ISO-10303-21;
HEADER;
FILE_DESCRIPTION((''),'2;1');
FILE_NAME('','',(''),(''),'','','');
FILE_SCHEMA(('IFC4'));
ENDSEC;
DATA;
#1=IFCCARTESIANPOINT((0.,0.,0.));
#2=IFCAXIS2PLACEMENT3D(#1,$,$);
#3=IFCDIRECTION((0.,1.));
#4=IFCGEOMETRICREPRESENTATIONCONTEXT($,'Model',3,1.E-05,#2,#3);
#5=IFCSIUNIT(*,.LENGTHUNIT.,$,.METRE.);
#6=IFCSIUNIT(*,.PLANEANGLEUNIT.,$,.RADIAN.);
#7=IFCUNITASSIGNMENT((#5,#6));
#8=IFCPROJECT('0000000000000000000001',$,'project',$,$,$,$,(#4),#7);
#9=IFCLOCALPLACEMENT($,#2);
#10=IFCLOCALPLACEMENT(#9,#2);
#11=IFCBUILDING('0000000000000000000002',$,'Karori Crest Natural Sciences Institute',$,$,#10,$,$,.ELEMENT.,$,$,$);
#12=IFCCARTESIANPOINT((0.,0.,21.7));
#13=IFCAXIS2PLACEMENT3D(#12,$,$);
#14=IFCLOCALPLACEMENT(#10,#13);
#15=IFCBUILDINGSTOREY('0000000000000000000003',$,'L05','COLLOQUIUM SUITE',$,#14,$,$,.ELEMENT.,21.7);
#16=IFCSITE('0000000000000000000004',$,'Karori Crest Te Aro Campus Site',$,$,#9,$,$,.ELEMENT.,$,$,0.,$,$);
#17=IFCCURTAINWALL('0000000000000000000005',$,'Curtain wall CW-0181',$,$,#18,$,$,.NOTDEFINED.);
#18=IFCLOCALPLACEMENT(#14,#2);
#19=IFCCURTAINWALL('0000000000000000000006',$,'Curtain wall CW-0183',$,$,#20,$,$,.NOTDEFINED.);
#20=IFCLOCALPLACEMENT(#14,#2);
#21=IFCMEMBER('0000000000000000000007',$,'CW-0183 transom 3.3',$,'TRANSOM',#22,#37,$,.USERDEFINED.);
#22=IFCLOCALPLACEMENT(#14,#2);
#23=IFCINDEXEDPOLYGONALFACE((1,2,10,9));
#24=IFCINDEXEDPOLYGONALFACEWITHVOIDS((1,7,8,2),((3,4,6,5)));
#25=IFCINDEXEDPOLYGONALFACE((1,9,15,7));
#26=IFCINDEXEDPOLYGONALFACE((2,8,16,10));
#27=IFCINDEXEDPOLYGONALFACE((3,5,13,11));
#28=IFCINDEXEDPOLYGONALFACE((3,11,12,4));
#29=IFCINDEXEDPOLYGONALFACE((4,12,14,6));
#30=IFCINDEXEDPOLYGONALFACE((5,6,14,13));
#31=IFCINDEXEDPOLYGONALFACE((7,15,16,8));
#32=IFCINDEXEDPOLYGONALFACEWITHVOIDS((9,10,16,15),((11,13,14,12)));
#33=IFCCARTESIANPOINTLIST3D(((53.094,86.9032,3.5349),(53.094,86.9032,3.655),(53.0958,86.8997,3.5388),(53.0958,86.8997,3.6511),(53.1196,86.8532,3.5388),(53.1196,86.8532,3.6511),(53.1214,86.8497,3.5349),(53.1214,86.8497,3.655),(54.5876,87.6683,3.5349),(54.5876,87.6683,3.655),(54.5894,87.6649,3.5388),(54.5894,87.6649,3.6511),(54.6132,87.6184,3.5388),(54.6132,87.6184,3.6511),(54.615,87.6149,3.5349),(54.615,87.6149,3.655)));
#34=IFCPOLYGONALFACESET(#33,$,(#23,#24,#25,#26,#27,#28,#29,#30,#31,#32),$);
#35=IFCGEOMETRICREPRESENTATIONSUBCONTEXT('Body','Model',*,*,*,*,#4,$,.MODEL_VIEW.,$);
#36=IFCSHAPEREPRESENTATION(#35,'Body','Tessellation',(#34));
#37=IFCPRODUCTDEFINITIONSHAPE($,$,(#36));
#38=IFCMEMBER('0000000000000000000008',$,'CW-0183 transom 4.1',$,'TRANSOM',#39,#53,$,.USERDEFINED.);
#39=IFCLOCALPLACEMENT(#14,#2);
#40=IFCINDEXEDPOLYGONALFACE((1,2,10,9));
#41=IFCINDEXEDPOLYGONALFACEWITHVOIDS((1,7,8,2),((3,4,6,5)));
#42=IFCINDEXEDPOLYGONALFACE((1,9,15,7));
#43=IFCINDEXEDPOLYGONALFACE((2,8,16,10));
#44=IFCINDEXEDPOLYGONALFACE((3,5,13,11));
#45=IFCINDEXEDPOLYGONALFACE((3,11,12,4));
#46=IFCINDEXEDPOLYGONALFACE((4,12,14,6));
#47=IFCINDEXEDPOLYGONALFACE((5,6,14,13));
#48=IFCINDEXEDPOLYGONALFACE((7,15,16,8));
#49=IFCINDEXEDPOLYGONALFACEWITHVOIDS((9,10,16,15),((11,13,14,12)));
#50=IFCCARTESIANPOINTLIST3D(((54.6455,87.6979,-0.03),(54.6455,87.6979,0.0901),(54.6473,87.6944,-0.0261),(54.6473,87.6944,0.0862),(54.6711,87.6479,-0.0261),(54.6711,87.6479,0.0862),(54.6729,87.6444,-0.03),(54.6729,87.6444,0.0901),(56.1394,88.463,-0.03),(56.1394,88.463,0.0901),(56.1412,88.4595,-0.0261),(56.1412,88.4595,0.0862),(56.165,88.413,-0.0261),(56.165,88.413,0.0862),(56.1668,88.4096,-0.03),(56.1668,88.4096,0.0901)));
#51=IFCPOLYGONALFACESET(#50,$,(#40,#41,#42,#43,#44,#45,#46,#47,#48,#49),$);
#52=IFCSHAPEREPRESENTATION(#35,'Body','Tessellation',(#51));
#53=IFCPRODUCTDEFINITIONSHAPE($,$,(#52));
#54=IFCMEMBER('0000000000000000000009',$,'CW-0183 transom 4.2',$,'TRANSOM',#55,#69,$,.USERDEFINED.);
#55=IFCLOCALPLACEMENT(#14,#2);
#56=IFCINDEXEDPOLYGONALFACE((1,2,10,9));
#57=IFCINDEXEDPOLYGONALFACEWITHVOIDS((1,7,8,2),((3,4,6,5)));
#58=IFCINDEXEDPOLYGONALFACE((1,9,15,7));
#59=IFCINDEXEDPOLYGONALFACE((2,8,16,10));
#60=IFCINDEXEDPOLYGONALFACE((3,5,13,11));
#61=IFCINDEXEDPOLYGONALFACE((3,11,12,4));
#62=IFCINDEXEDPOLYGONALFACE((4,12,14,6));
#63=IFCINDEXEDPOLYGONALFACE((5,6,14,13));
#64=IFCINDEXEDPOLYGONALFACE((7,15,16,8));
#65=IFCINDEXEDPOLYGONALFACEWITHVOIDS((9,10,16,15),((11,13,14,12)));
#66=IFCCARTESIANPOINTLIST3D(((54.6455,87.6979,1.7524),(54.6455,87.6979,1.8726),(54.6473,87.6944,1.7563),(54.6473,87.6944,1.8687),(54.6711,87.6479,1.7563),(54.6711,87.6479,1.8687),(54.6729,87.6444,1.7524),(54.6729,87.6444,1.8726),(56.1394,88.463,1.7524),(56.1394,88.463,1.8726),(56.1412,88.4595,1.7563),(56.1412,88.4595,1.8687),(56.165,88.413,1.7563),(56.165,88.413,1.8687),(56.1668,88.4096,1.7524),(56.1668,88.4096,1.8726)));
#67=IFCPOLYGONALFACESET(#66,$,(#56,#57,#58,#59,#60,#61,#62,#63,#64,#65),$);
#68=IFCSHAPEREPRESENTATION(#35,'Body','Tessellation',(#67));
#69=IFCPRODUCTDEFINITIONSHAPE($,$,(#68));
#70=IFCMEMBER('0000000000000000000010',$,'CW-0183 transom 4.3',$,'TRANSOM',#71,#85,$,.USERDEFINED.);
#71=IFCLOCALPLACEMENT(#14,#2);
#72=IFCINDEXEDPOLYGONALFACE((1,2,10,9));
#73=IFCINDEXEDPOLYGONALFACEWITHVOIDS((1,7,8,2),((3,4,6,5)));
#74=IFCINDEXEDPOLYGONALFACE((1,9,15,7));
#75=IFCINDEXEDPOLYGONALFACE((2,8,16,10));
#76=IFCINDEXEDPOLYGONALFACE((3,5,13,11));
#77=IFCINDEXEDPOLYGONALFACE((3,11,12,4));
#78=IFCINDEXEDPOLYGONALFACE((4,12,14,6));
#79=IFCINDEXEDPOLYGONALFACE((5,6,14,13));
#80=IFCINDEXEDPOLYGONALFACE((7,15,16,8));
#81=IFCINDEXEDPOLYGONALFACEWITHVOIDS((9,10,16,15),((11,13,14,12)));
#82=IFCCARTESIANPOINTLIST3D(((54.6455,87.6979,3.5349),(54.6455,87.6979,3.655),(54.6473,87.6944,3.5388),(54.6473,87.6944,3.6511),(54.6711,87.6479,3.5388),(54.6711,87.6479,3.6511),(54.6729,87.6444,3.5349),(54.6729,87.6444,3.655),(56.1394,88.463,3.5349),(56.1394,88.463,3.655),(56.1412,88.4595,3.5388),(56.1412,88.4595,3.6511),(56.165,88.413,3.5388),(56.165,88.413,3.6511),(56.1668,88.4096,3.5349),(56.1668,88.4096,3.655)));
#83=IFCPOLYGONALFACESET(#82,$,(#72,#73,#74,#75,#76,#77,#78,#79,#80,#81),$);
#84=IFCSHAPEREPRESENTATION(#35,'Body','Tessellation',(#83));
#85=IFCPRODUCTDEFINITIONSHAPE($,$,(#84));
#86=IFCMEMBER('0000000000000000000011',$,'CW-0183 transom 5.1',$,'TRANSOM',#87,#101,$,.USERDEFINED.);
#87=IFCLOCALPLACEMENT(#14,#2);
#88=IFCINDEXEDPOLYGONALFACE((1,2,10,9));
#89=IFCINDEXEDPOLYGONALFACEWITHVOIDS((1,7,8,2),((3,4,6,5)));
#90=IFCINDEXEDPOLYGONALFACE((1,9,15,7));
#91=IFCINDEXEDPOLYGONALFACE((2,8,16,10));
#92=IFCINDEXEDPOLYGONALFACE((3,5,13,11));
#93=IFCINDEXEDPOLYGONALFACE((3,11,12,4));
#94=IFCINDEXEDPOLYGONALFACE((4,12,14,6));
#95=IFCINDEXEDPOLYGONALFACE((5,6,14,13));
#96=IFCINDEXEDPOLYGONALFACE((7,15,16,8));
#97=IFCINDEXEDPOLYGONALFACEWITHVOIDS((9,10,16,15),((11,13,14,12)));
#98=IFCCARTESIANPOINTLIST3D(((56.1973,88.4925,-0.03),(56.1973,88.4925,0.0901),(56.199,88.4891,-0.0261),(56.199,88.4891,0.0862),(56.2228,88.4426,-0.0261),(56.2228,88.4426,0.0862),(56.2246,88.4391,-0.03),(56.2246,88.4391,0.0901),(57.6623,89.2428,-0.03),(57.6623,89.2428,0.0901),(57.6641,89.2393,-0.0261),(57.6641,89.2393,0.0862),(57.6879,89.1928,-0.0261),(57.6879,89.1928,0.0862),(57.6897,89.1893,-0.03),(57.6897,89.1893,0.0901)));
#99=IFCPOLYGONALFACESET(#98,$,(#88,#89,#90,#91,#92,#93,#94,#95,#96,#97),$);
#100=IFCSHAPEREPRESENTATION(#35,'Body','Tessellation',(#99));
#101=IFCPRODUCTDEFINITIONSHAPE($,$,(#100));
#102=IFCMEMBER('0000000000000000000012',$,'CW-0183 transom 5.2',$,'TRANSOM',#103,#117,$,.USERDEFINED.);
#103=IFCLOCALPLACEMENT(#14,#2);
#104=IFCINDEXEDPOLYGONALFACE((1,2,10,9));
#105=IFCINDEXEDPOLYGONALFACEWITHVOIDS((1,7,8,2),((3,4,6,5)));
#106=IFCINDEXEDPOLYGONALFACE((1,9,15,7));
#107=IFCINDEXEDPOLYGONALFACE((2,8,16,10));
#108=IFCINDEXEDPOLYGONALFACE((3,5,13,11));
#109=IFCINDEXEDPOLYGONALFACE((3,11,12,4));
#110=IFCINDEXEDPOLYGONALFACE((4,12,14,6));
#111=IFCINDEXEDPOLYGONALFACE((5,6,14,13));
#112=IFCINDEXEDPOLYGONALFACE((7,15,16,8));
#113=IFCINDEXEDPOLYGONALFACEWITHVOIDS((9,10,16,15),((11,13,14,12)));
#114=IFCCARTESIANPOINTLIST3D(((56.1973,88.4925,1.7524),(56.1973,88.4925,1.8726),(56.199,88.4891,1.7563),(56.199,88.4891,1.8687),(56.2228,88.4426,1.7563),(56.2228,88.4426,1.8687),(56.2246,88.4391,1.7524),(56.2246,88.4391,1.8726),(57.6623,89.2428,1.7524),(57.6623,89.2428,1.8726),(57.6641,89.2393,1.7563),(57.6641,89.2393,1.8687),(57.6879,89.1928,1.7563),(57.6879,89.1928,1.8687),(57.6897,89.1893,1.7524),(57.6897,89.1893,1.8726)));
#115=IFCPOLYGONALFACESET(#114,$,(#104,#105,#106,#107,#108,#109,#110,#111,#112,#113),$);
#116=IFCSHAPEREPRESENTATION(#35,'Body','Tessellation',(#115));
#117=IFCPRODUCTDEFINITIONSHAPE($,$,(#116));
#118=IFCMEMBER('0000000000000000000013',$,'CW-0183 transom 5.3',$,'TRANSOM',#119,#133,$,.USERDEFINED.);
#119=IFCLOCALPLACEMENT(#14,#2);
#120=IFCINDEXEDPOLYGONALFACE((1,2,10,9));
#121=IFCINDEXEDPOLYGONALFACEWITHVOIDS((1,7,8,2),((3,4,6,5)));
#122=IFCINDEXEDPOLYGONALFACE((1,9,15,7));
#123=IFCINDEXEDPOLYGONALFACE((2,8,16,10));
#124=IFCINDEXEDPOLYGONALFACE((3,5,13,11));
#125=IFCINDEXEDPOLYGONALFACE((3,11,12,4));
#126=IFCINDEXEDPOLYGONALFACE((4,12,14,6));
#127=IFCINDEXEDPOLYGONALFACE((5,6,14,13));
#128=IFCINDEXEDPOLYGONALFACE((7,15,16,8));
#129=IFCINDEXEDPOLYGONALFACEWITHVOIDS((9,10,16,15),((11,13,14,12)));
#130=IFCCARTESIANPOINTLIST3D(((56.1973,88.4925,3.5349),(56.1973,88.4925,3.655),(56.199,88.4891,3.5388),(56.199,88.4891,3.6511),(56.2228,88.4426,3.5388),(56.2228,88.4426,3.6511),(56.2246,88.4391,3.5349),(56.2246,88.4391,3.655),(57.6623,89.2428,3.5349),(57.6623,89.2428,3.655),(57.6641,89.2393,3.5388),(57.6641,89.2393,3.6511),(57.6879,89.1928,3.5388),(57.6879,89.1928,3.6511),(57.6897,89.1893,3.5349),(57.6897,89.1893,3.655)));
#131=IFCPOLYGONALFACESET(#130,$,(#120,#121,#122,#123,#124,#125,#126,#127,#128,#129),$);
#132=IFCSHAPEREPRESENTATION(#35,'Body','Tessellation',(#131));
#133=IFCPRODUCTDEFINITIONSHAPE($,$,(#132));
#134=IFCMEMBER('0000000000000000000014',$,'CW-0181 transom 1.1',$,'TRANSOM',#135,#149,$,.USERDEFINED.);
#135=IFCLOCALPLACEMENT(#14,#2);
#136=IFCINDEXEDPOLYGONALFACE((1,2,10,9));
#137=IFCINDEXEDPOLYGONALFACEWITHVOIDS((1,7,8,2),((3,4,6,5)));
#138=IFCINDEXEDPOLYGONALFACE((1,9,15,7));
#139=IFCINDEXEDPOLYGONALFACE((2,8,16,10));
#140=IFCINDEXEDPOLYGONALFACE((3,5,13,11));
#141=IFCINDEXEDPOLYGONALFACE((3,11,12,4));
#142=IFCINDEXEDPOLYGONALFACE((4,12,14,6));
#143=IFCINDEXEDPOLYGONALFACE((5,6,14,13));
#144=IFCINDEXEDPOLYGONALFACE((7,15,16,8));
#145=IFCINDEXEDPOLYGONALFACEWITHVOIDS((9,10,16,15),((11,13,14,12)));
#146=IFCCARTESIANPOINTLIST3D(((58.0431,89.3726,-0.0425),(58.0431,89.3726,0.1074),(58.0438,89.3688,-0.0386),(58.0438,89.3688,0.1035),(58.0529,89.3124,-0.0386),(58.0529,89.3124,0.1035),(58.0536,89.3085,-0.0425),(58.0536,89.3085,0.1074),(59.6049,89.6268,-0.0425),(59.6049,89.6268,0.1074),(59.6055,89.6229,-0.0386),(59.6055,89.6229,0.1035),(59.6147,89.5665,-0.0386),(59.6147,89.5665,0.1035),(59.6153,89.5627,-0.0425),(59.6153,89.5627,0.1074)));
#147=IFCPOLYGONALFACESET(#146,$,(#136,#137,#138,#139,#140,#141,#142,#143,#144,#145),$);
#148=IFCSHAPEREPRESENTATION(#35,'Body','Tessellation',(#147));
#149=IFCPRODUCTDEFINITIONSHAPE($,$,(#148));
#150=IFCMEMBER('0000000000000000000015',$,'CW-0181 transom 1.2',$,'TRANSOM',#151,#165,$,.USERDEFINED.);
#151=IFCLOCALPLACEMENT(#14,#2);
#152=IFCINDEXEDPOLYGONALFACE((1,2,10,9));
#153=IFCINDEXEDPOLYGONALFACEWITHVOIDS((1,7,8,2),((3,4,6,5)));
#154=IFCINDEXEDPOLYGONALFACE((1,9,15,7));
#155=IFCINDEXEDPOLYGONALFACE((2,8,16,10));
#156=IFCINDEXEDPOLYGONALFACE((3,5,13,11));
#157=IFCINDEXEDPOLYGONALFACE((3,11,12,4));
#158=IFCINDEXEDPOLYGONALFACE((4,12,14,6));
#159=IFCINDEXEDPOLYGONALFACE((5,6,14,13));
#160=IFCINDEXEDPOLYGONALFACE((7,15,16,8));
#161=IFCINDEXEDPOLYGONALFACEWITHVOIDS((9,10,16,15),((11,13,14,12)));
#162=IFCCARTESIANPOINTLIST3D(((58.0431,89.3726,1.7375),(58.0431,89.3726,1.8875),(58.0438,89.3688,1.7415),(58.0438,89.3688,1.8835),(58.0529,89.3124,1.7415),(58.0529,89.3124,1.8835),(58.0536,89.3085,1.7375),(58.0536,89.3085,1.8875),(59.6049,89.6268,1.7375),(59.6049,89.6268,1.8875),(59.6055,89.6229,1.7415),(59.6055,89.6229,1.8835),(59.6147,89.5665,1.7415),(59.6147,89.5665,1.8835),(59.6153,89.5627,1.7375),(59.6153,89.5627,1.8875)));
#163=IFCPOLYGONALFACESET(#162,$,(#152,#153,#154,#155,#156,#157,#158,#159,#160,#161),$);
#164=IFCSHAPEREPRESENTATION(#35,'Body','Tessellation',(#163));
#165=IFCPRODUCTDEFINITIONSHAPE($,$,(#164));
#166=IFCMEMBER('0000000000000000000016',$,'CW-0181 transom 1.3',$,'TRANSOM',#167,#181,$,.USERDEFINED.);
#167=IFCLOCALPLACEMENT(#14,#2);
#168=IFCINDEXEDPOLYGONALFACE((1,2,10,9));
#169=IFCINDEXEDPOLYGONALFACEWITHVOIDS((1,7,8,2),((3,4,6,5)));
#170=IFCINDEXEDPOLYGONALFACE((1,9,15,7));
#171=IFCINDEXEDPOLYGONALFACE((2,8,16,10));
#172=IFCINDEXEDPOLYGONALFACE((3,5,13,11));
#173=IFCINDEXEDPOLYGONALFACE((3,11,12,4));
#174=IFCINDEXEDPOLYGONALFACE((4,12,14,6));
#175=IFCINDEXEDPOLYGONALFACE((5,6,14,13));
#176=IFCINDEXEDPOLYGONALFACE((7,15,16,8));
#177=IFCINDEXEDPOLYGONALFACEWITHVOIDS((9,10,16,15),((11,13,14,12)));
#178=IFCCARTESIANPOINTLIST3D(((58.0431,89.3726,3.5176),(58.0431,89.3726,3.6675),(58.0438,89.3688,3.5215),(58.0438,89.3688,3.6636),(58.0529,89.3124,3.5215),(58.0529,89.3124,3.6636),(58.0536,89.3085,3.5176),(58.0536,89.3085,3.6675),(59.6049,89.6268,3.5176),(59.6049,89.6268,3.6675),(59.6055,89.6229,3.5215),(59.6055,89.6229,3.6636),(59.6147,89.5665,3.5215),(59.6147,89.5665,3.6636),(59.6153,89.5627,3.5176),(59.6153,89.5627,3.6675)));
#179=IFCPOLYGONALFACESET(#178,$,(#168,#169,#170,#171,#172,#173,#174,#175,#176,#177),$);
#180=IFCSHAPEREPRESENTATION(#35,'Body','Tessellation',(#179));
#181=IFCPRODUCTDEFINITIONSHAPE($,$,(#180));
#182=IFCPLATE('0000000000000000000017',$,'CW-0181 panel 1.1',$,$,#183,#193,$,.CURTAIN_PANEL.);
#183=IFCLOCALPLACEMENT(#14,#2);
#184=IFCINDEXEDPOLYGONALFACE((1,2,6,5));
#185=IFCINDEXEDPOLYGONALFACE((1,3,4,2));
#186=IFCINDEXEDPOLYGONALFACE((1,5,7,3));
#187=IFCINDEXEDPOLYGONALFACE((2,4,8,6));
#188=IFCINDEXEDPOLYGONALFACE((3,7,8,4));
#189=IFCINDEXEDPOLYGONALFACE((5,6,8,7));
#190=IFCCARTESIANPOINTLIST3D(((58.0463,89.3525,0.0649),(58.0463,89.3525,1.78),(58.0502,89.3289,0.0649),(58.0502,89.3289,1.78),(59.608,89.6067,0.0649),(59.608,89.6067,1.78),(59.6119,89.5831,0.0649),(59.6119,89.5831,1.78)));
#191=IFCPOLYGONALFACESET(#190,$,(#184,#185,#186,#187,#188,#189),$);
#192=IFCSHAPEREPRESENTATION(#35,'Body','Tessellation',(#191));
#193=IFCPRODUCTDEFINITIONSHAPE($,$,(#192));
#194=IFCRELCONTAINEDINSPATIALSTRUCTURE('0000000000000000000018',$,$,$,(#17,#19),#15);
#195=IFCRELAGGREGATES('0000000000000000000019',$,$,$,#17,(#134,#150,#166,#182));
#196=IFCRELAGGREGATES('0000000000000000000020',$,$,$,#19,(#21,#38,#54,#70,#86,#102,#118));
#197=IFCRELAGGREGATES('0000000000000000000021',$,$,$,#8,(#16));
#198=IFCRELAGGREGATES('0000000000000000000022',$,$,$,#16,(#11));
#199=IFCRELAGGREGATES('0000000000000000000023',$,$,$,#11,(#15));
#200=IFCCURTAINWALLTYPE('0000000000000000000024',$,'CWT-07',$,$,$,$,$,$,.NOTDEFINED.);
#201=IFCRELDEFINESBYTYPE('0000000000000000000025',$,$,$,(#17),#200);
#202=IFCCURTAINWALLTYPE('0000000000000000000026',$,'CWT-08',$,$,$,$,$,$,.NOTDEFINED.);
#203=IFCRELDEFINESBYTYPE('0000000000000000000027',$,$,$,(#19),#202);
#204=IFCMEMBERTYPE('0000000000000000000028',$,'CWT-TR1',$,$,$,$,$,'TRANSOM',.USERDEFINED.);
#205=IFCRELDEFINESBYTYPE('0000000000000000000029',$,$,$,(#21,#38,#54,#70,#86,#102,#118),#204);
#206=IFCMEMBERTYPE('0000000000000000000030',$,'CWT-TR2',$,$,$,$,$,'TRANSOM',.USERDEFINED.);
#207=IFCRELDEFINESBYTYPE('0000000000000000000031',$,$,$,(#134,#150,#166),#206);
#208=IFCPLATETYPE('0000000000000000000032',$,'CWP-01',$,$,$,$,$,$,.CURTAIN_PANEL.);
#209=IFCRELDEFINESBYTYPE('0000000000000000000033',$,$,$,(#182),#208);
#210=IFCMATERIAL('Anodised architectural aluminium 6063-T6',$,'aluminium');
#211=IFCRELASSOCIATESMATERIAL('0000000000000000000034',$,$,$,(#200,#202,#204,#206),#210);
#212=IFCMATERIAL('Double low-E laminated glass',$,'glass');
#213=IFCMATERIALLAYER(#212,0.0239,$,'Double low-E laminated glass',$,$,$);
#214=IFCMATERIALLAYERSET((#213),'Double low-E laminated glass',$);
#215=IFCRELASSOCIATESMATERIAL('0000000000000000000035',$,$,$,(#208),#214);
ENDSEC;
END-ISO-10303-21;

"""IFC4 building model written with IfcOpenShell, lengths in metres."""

from ifc_helpers import new_model, si_unit, direction, frame, origin, origin_2d, place, context, subcontext, project, spatial, rectangle, hollow_rectangle, extrude, material, layer, layer_set, material_profile, profile_set, type_object, element, aggregate, save


model = new_model("IFC4")

# Units and contexts
model_context = context("Model", 3, precision=1e-05, world=origin(), true_north=direction((0.0, 1.0)))
body_context = subcontext(model_context, "Body", "Model", "MODEL_VIEW")
ifc_project = project(units=[si_unit("LENGTHUNIT", "METRE"), si_unit("PLANEANGLEUNIT", "RADIAN")], contexts=[model_context])

# Site, building, storey
site_placement = place(None, origin())
site = spatial("IfcSite", under=ifc_project, at=site_placement, Name="Karori Crest Te Aro Campus Site", CompositionType="ELEMENT", RefElevation=0.0)
building_placement = place(site_placement, origin())
building = spatial("IfcBuilding", under=site, at=building_placement, Name="Karori Crest Natural Sciences Institute", CompositionType="ELEMENT")
storey_placement = place(building_placement, frame((0.0, 0.0, 21.7)))
storey = spatial("IfcBuildingStorey", under=building, at=storey_placement, Name="L05", Description="COLLOQUIUM SUITE", CompositionType="ELEMENT", Elevation=21.7)

# Curtain wall
ifc_material_1 = material(Name="Anodised architectural aluminium 6063-T6", Category="aluminium")
curtain_wall_type_1 = type_object("IfcCurtainWallType", Name="CWT-07", PredefinedType="NOTDEFINED", material=ifc_material_1)
curtain_wall_1_placement = place(storey_placement, origin())
curtain_wall_1 = element("IfcCurtainWall", 1, at=curtain_wall_1_placement, inside=storey, type_object=curtain_wall_type_1, Name="Curtain wall CW-0181", PredefinedType="NOTDEFINED")

# Curtain wall, members
curtain_wall_type_2 = type_object("IfcCurtainWallType", Name="CWT-08", PredefinedType="NOTDEFINED", material=ifc_material_1)
curtain_wall_2_placement = place(storey_placement, origin())
curtain_wall_2 = element("IfcCurtainWall", 2, at=curtain_wall_2_placement, inside=storey, type_object=curtain_wall_type_2, Name="Curtain wall CW-0183", PredefinedType="NOTDEFINED")
ifc_material_profile_1 = material_profile(ifc_material_1, hollow_rectangle(XDim=0.0601, YDim=0.1201, WallThickness=0.0039, at=origin_2d()), Name="CWT120x60x4")
ifc_profile_set_1 = profile_set([ifc_material_profile_1], Name="Anodised architectural aluminium 6063-T6")
member_type_1 = type_object("IfcMemberType", Name="CWT-TR1", ElementType="TRANSOM", PredefinedType="USERDEFINED", material=ifc_profile_set_1)
member_1_placement = place(storey_placement, frame((53.1077, 86.8765, 3.595), z_axis=(0.89002, 0.455921, 0.0), x_axis=(-0.455921, 0.89002, 0.0)))
member_1 = element("IfcMember", 3, at=member_1_placement, type_object=member_type_1, Name="CW-0183 transom 3.3", ObjectType="TRANSOM", PredefinedType="USERDEFINED", context=body_context, shape_type="SweptSolid", body=[
    extrude(hollow_rectangle(XDim=0.0601, YDim=0.1201, WallThickness=0.0039, at=origin_2d()), origin(), (0.0, 0.0, 1.0), 1.6782),
])
member_2_placement = place(storey_placement, frame((54.6592, 87.6711, 0.03), z_axis=(0.890051, 0.455862, 0.0), x_axis=(-0.455862, 0.890051, 0.0)))
member_2 = element("IfcMember", 4, at=member_2_placement, type_object=member_type_1, Name="CW-0183 transom 4.1", ObjectType="TRANSOM", PredefinedType="USERDEFINED", context=body_context, shape_type="SweptSolid", body=[
    extrude(hollow_rectangle(XDim=0.0601, YDim=0.1201, WallThickness=0.0039, at=origin_2d()), origin(), (0.0, 0.0, 1.0), 1.6785),
])
member_3_placement = place(storey_placement, frame((54.6592, 87.6711, 1.8125), z_axis=(0.890051, 0.455862, 0.0), x_axis=(-0.455862, 0.890051, 0.0)))
member_3 = element("IfcMember", 5, at=member_3_placement, type_object=member_type_1, Name="CW-0183 transom 4.2", ObjectType="TRANSOM", PredefinedType="USERDEFINED", context=body_context, shape_type="SweptSolid", body=[
    extrude(hollow_rectangle(XDim=0.0601, YDim=0.1201, WallThickness=0.0039, at=origin_2d()), origin(), (0.0, 0.0, 1.0), 1.6785),
])
member_4_placement = place(storey_placement, frame((54.6592, 87.6711, 3.595), z_axis=(0.890051, 0.455862, 0.0), x_axis=(-0.455862, 0.890051, 0.0)))
member_4 = element("IfcMember", 6, at=member_4_placement, type_object=member_type_1, Name="CW-0183 transom 4.3", ObjectType="TRANSOM", PredefinedType="USERDEFINED", context=body_context, shape_type="SweptSolid", body=[
    extrude(hollow_rectangle(XDim=0.0601, YDim=0.1201, WallThickness=0.0039, at=origin_2d()), origin(), (0.0, 0.0, 1.0), 1.6785),
])
member_5_placement = place(storey_placement, frame((56.2109, 88.4658, 0.03), z_axis=(0.890084, 0.455796, 0.0), x_axis=(-0.455796, 0.890084, 0.0)))
member_5 = element("IfcMember", 7, at=member_5_placement, type_object=member_type_1, Name="CW-0183 transom 5.1", ObjectType="TRANSOM", PredefinedType="USERDEFINED", context=body_context, shape_type="SweptSolid", body=[
    extrude(hollow_rectangle(XDim=0.0601, YDim=0.1201, WallThickness=0.0039, at=origin_2d()), origin(), (0.0, 0.0, 1.0), 1.646),
])
member_6_placement = place(storey_placement, frame((56.2109, 88.4658, 1.8125), z_axis=(0.890084, 0.455796, 0.0), x_axis=(-0.455796, 0.890084, 0.0)))
member_6 = element("IfcMember", 8, at=member_6_placement, type_object=member_type_1, Name="CW-0183 transom 5.2", ObjectType="TRANSOM", PredefinedType="USERDEFINED", context=body_context, shape_type="SweptSolid", body=[
    extrude(hollow_rectangle(XDim=0.0601, YDim=0.1201, WallThickness=0.0039, at=origin_2d()), origin(), (0.0, 0.0, 1.0), 1.646),
])
member_7_placement = place(storey_placement, frame((56.2109, 88.4658, 3.595), z_axis=(0.890084, 0.455796, 0.0), x_axis=(-0.455796, 0.890084, 0.0)))
member_7 = element("IfcMember", 9, at=member_7_placement, type_object=member_type_1, Name="CW-0183 transom 5.3", ObjectType="TRANSOM", PredefinedType="USERDEFINED", context=body_context, shape_type="SweptSolid", body=[
    extrude(hollow_rectangle(XDim=0.0601, YDim=0.1201, WallThickness=0.0039, at=origin_2d()), origin(), (0.0, 0.0, 1.0), 1.646),
])

# Members
ifc_material_profile_2 = material_profile(ifc_material_1, hollow_rectangle(XDim=0.0649, YDim=0.1499, WallThickness=0.0039, at=origin_2d()), Name="CWT150x65x4")
ifc_profile_set_2 = profile_set([ifc_material_profile_2], Name="Anodised architectural aluminium 6063-T6")
member_type_2 = type_object("IfcMemberType", Name="CWT-TR2", ElementType="TRANSOM", PredefinedType="USERDEFINED", material=ifc_profile_set_2)
member_8_placement = place(storey_placement, frame((58.0483, 89.3406, 0.0325), z_axis=(0.987016, 0.16062, 0.0), x_axis=(-0.16062, 0.987016, 0.0)))
member_8 = element("IfcMember", 10, at=member_8_placement, type_object=member_type_2, Name="CW-0181 transom 1.1", ObjectType="TRANSOM", PredefinedType="USERDEFINED", context=body_context, shape_type="SweptSolid", body=[
    extrude(hollow_rectangle(XDim=0.0649, YDim=0.1499, WallThickness=0.0039, at=origin_2d()), origin(), (0.0, 0.0, 1.0), 1.5823),
])
member_9_placement = place(storey_placement, frame((58.0483, 89.3406, 1.8125), z_axis=(0.987016, 0.16062, 0.0), x_axis=(-0.16062, 0.987016, 0.0)))
member_9 = element("IfcMember", 11, at=member_9_placement, type_object=member_type_2, Name="CW-0181 transom 1.2", ObjectType="TRANSOM", PredefinedType="USERDEFINED", context=body_context, shape_type="SweptSolid", body=[
    extrude(hollow_rectangle(XDim=0.0649, YDim=0.1499, WallThickness=0.0039, at=origin_2d()), origin(), (0.0, 0.0, 1.0), 1.5823),
])
member_10_placement = place(storey_placement, frame((58.0483, 89.3406, 3.5925), z_axis=(0.987016, 0.16062, 0.0), x_axis=(-0.16062, 0.987016, 0.0)))
member_10 = element("IfcMember", 12, at=member_10_placement, type_object=member_type_2, Name="CW-0181 transom 1.3", ObjectType="TRANSOM", PredefinedType="USERDEFINED", context=body_context, shape_type="SweptSolid", body=[
    extrude(hollow_rectangle(XDim=0.0649, YDim=0.1499, WallThickness=0.0039, at=origin_2d()), origin(), (0.0, 0.0, 1.0), 1.5823),
])

# Plate
ifc_material_2 = material(Name="Double low-E laminated glass", Category="glass")
ifc_layer_1 = layer(ifc_material_2, 0.0239, Name="Double low-E laminated glass")
ifc_layer_set_1 = layer_set([ifc_layer_1], Name="Double low-E laminated glass")
plate_type_1 = type_object("IfcPlateType", Name="CWP-01", PredefinedType="CURTAIN_PANEL", material=ifc_layer_set_1)
plate_1_placement = place(storey_placement, frame((58.8291, 89.4678, 0.0649), z_axis=(0.0, 0.0, 1.0), x_axis=(0.987011, 0.16065, 0.0)))
plate_1 = element("IfcPlate", 13, at=plate_1_placement, type_object=plate_type_1, Name="CW-0181 panel 1.1", PredefinedType="CURTAIN_PANEL", context=body_context, shape_type="SweptSolid", body=[
    extrude(rectangle(XDim=1.5823, YDim=0.0239, at=origin_2d()), origin(), (0.0, 0.0, 1.0), 1.7151),
])
aggregate(curtain_wall_1, [member_8, member_9, member_10, plate_1])
aggregate(curtain_wall_2, [member_1, member_2, member_3, member_4, member_5, member_6, member_7])

save(model, "model.ifc")
